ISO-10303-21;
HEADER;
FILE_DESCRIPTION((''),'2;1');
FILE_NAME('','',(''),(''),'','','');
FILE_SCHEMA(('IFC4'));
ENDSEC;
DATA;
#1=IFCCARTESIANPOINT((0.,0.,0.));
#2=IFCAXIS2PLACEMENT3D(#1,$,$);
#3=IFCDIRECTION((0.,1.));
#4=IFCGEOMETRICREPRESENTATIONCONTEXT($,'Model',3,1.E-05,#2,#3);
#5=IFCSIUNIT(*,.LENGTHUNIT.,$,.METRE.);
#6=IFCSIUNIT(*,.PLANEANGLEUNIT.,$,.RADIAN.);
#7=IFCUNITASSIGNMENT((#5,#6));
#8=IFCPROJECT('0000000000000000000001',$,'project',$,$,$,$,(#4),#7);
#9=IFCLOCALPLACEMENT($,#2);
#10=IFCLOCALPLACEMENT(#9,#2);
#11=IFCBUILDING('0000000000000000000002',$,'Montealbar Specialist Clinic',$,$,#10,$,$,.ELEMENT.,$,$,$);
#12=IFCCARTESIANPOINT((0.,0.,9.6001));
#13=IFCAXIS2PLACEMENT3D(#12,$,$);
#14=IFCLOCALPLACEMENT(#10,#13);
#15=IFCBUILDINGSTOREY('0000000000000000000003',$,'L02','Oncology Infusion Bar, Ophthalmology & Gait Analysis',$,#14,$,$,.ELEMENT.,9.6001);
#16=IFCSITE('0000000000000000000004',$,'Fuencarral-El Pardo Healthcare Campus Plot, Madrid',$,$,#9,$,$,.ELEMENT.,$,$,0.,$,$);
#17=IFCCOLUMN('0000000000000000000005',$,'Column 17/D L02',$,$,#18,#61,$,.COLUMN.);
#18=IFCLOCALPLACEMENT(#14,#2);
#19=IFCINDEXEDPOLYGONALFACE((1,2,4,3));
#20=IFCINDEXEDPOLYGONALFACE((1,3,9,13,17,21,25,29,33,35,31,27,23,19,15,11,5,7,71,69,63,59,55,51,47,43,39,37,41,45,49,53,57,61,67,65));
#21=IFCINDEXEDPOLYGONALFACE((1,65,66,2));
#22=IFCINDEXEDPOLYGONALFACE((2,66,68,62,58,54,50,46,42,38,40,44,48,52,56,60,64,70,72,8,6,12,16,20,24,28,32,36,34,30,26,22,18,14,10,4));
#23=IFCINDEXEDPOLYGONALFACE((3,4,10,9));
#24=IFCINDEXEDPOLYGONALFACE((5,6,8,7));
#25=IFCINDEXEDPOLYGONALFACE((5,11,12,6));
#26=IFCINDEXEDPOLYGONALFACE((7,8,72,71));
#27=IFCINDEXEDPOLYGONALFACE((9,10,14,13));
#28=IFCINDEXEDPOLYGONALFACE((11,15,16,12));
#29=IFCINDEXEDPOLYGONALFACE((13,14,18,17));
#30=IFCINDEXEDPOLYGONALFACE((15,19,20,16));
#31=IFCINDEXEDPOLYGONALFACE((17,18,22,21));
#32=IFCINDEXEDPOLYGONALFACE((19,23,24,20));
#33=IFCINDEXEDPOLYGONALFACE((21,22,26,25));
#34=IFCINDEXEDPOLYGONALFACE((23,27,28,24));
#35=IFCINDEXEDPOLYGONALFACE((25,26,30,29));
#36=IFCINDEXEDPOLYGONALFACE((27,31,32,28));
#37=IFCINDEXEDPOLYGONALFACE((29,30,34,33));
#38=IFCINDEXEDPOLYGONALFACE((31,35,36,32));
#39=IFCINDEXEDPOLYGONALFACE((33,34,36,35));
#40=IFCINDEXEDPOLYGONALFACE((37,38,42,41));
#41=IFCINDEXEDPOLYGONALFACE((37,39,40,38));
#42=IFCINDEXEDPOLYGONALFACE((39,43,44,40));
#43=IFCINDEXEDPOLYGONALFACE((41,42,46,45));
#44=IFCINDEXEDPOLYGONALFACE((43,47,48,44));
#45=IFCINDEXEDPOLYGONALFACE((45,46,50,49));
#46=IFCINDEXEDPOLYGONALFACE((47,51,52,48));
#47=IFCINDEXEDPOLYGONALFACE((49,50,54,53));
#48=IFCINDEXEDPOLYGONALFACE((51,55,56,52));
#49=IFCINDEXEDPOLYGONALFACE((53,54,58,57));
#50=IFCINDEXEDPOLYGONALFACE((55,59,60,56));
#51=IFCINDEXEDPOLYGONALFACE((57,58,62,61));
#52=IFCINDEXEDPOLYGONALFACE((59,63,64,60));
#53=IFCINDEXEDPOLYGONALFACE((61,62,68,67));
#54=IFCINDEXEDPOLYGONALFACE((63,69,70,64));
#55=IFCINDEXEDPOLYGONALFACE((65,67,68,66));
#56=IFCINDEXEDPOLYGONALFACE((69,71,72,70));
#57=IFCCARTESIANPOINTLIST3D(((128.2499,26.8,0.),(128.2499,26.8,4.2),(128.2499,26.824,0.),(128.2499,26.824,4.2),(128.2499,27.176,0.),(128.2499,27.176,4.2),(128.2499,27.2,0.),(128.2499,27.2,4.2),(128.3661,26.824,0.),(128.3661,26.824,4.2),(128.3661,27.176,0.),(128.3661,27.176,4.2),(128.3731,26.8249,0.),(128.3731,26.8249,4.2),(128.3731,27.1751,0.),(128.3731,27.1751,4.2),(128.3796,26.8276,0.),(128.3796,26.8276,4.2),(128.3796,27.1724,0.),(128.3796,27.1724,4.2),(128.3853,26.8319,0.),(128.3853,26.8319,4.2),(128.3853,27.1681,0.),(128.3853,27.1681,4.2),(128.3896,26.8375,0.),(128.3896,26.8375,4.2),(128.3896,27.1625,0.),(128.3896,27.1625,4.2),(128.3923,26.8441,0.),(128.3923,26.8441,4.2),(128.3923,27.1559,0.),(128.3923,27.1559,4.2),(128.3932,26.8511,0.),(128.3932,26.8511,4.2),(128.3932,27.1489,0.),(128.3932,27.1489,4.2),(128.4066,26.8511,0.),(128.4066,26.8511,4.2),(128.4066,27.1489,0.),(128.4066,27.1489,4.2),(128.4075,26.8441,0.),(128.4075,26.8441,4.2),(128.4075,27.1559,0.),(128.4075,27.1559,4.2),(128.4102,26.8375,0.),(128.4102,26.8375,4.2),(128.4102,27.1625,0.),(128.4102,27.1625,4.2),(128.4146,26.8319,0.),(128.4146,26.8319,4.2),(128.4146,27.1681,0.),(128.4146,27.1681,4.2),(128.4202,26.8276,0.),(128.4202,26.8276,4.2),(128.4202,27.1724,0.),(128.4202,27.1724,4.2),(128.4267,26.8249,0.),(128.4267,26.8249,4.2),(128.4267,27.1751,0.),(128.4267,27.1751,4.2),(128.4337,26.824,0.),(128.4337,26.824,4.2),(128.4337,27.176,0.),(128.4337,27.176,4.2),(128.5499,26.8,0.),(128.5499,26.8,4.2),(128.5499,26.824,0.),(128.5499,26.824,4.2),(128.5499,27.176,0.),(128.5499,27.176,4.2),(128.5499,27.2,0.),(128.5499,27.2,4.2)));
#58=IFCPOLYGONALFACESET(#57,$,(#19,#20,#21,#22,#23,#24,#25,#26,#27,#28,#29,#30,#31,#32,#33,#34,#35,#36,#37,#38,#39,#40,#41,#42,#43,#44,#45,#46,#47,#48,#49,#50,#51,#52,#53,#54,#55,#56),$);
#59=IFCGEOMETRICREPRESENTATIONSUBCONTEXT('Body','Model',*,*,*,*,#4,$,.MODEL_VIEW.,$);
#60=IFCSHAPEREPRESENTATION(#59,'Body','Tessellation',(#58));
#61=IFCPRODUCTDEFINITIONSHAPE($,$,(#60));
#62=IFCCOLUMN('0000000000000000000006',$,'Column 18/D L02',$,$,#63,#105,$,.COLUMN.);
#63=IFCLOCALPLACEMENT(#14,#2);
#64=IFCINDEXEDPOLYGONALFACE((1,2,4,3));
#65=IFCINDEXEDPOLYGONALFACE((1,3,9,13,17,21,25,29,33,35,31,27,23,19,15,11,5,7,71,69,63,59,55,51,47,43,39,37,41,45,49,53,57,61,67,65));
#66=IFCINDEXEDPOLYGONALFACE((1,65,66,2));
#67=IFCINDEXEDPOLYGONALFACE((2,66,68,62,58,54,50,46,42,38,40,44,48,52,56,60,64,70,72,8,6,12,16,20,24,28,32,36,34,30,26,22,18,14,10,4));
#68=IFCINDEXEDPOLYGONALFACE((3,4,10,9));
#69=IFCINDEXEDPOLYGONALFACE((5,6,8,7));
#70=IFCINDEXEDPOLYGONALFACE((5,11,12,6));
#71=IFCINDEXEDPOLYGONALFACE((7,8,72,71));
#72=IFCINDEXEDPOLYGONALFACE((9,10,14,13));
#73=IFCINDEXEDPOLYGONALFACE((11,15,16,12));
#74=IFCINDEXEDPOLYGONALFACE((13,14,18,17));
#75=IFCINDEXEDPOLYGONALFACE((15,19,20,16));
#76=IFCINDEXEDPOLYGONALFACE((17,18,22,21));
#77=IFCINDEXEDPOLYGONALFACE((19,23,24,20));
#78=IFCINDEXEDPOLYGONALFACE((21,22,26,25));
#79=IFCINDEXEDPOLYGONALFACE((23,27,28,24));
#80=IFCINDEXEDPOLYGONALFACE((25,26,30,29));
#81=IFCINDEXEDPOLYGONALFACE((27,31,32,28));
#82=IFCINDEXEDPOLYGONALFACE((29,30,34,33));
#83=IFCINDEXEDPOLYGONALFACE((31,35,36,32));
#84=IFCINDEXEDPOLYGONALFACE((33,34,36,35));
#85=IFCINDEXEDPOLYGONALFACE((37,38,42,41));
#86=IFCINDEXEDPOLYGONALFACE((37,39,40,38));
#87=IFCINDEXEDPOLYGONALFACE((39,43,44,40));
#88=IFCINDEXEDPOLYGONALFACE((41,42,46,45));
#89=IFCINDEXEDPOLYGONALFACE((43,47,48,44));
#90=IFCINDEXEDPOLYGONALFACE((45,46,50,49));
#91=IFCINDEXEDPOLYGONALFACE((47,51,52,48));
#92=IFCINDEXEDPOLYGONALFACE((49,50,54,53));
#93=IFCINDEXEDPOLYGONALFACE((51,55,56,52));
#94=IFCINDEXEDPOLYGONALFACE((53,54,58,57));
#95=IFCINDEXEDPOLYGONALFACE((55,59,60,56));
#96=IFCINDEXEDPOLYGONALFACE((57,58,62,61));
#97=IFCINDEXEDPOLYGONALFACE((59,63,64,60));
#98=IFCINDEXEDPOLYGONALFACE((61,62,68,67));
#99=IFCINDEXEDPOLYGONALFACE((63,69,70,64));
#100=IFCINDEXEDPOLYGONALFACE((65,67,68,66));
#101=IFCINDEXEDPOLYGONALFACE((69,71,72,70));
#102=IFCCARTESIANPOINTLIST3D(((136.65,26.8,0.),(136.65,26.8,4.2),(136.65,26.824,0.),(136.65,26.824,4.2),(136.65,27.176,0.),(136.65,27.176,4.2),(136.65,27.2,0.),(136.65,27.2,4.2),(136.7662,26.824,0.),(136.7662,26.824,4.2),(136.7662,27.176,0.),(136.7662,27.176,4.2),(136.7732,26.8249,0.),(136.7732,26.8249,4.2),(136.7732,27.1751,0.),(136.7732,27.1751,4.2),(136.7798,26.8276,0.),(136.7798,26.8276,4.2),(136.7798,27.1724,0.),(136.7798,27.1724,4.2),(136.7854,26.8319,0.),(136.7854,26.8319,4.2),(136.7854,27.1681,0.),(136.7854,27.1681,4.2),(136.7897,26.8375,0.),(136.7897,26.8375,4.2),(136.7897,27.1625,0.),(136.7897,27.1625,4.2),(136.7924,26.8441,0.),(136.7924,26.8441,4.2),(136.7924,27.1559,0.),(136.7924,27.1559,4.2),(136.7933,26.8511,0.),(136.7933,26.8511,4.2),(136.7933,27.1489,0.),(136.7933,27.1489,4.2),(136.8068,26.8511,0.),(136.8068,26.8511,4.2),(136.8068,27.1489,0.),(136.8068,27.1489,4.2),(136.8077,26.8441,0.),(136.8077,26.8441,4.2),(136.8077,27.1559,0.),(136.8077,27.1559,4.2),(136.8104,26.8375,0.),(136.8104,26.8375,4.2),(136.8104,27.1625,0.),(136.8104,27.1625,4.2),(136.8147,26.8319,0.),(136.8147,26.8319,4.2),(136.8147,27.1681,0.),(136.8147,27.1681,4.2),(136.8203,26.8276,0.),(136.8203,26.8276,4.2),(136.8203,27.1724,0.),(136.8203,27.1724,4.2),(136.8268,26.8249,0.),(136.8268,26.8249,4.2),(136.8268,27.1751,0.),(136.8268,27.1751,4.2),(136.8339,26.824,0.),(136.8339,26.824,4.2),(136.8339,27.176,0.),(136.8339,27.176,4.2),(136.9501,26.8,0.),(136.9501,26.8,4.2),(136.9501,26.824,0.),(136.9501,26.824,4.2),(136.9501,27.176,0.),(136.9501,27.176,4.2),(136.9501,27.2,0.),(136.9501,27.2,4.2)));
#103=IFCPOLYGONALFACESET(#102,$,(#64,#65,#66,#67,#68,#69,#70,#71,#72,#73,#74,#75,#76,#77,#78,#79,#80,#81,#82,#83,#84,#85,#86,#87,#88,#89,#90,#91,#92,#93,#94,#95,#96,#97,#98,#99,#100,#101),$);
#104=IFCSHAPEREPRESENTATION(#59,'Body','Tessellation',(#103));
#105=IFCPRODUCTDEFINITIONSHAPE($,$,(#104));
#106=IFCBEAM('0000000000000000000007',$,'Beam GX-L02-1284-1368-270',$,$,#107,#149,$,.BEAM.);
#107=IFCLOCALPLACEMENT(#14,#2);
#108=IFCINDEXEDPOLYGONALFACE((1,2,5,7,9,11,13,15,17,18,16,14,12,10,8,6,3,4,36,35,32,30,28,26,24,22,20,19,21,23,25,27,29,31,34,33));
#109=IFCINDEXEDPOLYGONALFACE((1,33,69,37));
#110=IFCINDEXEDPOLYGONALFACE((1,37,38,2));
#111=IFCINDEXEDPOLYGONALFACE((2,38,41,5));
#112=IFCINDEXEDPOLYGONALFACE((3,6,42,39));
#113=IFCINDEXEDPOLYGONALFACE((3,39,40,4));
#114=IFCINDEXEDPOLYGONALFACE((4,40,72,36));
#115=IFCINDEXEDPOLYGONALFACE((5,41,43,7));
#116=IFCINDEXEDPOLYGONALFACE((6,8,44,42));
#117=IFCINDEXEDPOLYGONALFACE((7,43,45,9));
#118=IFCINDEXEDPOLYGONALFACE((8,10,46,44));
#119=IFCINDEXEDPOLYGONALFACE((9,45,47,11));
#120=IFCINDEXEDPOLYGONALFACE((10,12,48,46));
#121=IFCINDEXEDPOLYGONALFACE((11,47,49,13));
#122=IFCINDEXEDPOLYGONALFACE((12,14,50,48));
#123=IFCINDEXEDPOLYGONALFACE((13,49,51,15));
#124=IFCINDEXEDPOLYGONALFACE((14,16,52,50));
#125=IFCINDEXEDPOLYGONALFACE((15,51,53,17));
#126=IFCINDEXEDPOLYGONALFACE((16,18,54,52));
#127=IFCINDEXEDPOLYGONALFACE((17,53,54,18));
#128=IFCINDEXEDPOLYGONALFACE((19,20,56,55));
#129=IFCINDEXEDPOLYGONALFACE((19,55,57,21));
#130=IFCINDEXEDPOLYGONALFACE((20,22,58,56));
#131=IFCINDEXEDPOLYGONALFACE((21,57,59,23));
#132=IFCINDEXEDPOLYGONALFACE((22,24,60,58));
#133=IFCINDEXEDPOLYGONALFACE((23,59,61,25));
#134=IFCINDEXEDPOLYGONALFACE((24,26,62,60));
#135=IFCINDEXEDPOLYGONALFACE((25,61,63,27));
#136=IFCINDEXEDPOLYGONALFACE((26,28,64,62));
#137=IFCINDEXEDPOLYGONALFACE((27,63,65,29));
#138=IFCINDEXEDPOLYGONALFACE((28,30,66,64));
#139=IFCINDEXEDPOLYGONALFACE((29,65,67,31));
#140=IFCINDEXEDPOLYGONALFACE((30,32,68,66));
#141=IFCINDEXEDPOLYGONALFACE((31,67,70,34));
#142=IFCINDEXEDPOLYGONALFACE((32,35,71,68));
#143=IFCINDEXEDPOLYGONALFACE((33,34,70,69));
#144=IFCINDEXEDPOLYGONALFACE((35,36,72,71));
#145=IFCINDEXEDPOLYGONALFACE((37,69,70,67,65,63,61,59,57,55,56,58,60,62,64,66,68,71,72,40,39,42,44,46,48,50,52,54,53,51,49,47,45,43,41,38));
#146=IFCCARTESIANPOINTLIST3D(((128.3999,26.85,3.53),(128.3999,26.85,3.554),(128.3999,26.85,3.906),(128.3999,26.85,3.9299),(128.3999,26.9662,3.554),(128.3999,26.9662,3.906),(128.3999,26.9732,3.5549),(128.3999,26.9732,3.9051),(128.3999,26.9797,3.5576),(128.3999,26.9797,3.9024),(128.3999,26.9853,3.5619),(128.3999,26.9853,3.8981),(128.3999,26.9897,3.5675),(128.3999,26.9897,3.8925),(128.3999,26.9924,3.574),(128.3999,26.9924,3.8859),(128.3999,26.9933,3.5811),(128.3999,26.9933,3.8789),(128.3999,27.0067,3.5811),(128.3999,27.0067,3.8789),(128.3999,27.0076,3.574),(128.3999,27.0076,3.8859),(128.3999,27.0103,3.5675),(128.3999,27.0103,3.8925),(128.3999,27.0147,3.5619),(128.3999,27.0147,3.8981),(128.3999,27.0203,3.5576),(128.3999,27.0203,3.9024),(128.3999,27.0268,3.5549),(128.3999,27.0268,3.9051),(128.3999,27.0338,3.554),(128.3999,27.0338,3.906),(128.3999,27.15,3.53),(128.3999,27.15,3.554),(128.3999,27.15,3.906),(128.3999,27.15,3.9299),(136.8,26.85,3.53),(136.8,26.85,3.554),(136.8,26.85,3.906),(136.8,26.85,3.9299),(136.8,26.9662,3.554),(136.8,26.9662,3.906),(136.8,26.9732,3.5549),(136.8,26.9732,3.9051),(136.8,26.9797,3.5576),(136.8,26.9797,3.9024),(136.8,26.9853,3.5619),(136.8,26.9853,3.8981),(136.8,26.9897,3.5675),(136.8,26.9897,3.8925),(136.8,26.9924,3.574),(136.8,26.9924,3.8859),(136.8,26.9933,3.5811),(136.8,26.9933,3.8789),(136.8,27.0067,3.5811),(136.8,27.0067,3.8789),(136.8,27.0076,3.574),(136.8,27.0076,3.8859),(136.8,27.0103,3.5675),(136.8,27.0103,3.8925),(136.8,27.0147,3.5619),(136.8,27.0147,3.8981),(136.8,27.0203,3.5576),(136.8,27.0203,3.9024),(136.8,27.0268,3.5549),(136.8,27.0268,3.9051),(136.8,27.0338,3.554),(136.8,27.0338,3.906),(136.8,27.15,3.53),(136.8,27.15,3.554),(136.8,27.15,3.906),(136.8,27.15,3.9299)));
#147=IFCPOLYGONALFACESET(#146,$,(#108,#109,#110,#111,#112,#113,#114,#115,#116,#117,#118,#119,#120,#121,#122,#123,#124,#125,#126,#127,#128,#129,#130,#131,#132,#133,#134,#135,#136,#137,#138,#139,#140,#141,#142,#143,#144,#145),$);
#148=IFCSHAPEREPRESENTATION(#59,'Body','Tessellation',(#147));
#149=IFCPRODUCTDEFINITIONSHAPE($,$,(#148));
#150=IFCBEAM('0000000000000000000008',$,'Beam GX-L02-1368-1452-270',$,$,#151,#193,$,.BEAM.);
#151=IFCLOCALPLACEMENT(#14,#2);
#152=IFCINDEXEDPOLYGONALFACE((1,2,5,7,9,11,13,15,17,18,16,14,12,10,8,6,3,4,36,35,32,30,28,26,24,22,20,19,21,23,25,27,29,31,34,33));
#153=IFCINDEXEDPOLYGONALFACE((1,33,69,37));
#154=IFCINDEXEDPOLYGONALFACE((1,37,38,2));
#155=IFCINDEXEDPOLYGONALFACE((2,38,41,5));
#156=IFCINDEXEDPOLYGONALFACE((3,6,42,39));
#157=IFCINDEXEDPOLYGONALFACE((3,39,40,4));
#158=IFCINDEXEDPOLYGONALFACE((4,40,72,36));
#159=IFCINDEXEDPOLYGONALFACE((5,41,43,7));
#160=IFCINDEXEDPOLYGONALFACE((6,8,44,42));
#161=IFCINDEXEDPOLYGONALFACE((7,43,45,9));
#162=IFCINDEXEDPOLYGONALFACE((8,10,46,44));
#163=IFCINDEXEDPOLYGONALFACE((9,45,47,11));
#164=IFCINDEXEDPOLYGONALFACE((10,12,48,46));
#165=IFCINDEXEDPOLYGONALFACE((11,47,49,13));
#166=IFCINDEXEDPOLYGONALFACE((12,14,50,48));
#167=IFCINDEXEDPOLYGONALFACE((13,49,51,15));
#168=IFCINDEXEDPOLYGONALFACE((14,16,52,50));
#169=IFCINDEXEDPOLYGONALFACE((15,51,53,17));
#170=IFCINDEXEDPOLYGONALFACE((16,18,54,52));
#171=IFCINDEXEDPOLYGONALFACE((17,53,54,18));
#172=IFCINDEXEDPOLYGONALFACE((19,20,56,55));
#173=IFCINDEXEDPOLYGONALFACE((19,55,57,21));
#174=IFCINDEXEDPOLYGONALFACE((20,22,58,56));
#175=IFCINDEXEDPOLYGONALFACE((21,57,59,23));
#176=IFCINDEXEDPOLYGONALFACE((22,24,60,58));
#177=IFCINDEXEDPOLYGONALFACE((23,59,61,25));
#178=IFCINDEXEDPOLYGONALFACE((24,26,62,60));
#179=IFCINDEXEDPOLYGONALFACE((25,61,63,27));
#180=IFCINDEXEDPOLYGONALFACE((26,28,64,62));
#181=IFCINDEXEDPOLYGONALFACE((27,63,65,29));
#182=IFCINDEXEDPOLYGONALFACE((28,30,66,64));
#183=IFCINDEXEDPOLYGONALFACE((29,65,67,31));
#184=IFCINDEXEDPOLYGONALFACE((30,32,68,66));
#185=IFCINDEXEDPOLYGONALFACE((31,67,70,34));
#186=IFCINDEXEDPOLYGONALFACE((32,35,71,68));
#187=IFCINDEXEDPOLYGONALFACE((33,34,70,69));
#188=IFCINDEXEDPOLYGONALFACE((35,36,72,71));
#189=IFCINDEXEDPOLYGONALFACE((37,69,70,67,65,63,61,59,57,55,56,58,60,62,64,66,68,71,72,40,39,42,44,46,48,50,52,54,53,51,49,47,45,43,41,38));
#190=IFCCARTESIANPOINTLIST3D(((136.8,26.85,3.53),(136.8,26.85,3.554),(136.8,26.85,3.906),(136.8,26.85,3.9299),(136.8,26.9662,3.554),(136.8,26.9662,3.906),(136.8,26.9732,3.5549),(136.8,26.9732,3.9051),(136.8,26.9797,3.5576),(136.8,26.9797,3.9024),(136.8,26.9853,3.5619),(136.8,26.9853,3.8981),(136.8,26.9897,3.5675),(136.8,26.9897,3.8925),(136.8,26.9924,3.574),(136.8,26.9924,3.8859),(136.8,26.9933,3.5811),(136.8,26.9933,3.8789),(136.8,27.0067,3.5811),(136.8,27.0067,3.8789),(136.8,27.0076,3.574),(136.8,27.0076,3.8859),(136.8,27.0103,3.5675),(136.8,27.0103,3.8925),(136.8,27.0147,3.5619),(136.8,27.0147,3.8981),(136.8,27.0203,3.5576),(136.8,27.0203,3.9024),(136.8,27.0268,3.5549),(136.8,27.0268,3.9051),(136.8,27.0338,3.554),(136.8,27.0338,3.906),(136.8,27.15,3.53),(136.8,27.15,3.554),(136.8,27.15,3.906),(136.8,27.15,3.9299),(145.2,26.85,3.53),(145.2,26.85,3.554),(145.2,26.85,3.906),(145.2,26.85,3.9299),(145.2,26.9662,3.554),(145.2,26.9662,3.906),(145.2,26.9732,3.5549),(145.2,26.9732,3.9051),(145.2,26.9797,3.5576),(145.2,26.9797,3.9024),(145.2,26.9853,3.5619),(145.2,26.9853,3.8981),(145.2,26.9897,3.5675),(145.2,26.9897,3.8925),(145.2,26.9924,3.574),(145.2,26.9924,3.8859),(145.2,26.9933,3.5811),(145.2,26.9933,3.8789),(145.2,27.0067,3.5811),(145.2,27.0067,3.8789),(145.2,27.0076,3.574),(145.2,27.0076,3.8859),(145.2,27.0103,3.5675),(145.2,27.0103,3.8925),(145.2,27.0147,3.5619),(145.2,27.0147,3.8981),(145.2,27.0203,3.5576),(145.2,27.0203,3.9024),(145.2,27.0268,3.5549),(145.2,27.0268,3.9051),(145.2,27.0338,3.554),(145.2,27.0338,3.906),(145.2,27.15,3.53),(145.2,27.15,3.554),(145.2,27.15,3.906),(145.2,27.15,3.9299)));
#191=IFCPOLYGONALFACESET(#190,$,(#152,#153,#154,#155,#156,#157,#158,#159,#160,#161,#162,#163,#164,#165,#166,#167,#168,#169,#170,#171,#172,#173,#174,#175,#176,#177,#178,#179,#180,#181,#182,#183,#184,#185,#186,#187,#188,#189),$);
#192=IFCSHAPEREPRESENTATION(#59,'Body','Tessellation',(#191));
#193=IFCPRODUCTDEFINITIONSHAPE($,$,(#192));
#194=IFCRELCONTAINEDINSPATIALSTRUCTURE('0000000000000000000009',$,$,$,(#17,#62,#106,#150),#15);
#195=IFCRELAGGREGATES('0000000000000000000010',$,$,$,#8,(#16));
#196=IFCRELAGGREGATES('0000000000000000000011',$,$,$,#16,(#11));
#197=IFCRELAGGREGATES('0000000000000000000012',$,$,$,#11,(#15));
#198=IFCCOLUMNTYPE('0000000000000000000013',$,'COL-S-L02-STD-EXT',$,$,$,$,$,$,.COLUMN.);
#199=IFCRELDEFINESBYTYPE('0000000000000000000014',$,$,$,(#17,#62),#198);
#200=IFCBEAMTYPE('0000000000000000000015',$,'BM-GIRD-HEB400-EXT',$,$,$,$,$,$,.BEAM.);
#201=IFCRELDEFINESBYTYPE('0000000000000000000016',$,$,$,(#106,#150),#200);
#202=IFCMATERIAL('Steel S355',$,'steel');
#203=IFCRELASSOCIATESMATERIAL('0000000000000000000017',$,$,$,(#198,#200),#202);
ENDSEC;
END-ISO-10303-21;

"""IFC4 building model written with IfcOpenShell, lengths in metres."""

from ifc_helpers import new_model, si_unit, direction, frame, origin, origin_2d, place, context, subcontext, project, spatial, i_section, extrude, material, material_profile, profile_set, type_object, element, save


model = new_model("IFC4")

# Units and contexts
model_context = context("Model", 3, precision=1e-05, world=origin(), true_north=direction((0.0, 1.0)))
body_context = subcontext(model_context, "Body", "Model", "MODEL_VIEW")
ifc_project = project(units=[si_unit("LENGTHUNIT", "METRE"), si_unit("PLANEANGLEUNIT", "RADIAN")], contexts=[model_context])

# Site, building, storey
site_placement = place(None, origin())
site = spatial("IfcSite", under=ifc_project, at=site_placement, Name="Fuencarral-El Pardo Healthcare Campus Plot, Madrid", CompositionType="ELEMENT", RefElevation=0.0)
building_placement = place(site_placement, origin())
building = spatial("IfcBuilding", under=site, at=building_placement, Name="Montealbar Specialist Clinic", CompositionType="ELEMENT")
storey_placement = place(building_placement, frame((0.0, 0.0, 9.6001)))
storey = spatial("IfcBuildingStorey", under=building, at=storey_placement, Name="L02", Description="Oncology Infusion Bar, Ophthalmology & Gait Analysis", CompositionType="ELEMENT", Elevation=9.6001)

# Columns
ifc_material_1 = material(Name="Steel S355", Category="steel")
ifc_material_profile_1 = material_profile(ifc_material_1, i_section(OverallWidth=0.3, OverallDepth=0.3999, WebThickness=0.0134, FlangeThickness=0.0239, FilletRadius=0.0271, at=origin_2d()), Name="HEB 400", Category="steel")
ifc_profile_set_1 = profile_set([ifc_material_profile_1], Name="Steel S355")
column_type = type_object("IfcColumnType", Name="COL-S-L02-STD-EXT", PredefinedType="COLUMN", material=ifc_profile_set_1)
for number, where, z_axis, x_axis, name in (
    (1, (128.3999, 27.0, 0.0), (0.0, 0.0, 1.0), (1.0, 0.0, 0.0), "Column 17/D L02"),
    (2, (136.8, 27.0, 0.0), (0.0, 0.0, 1.0), (1.0, 0.0, 0.0), "Column 18/D L02"),
):
    element("IfcColumn", number, at=place(storey_placement, frame(where, z_axis=z_axis, x_axis=x_axis)), inside=storey, type_object=column_type, Name=name, PredefinedType="COLUMN", context=body_context, shape_type="SweptSolid", body=[
        extrude(i_section(OverallWidth=0.3, OverallDepth=0.3999, WebThickness=0.0134, FlangeThickness=0.0239, FilletRadius=0.0271, at=origin_2d()), origin(), (0.0, 0.0, 1.0), 4.2),
    ])

# Beams
ifc_material_profile_2 = material_profile(ifc_material_1, i_section(OverallWidth=0.3, OverallDepth=0.3999, WebThickness=0.0134, FlangeThickness=0.0239, FilletRadius=0.0271, at=origin_2d()), Name="HEB 400", Category="steel")
ifc_profile_set_2 = profile_set([ifc_material_profile_2], Name="Steel S355")
beam_type = type_object("IfcBeamType", Name="BM-GIRD-HEB400-EXT", PredefinedType="BEAM", material=ifc_profile_set_2)
beam_1_placement = place(storey_placement, frame((128.3999, 27.0, 3.73), z_axis=(1.0, 0.0, 0.0), x_axis=(0.0, 1.0, 0.0)))
element("IfcBeam", 3, at=beam_1_placement, inside=storey, type_object=beam_type, Name="Beam GX-L02-1284-1368-270", PredefinedType="BEAM", context=body_context, shape_type="SweptSolid", body=[
    extrude(i_section(OverallWidth=0.3, OverallDepth=0.3999, WebThickness=0.0134, FlangeThickness=0.0239, FilletRadius=0.0271, at=origin_2d()), origin(), (0.0, 0.0, 1.0), 8.4001),
])
beam_2_placement = place(storey_placement, frame((136.8, 27.0, 3.73), z_axis=(1.0, 0.0, 0.0), x_axis=(0.0, 1.0, 0.0)))
element("IfcBeam", 4, at=beam_2_placement, inside=storey, type_object=beam_type, Name="Beam GX-L02-1368-1452-270", PredefinedType="BEAM", context=body_context, shape_type="SweptSolid", body=[
    extrude(i_section(OverallWidth=0.3, OverallDepth=0.3999, WebThickness=0.0134, FlangeThickness=0.0239, FilletRadius=0.0271, at=origin_2d()), origin(), (0.0, 0.0, 1.0), 8.3999),
])

save(model, "model.ifc")
